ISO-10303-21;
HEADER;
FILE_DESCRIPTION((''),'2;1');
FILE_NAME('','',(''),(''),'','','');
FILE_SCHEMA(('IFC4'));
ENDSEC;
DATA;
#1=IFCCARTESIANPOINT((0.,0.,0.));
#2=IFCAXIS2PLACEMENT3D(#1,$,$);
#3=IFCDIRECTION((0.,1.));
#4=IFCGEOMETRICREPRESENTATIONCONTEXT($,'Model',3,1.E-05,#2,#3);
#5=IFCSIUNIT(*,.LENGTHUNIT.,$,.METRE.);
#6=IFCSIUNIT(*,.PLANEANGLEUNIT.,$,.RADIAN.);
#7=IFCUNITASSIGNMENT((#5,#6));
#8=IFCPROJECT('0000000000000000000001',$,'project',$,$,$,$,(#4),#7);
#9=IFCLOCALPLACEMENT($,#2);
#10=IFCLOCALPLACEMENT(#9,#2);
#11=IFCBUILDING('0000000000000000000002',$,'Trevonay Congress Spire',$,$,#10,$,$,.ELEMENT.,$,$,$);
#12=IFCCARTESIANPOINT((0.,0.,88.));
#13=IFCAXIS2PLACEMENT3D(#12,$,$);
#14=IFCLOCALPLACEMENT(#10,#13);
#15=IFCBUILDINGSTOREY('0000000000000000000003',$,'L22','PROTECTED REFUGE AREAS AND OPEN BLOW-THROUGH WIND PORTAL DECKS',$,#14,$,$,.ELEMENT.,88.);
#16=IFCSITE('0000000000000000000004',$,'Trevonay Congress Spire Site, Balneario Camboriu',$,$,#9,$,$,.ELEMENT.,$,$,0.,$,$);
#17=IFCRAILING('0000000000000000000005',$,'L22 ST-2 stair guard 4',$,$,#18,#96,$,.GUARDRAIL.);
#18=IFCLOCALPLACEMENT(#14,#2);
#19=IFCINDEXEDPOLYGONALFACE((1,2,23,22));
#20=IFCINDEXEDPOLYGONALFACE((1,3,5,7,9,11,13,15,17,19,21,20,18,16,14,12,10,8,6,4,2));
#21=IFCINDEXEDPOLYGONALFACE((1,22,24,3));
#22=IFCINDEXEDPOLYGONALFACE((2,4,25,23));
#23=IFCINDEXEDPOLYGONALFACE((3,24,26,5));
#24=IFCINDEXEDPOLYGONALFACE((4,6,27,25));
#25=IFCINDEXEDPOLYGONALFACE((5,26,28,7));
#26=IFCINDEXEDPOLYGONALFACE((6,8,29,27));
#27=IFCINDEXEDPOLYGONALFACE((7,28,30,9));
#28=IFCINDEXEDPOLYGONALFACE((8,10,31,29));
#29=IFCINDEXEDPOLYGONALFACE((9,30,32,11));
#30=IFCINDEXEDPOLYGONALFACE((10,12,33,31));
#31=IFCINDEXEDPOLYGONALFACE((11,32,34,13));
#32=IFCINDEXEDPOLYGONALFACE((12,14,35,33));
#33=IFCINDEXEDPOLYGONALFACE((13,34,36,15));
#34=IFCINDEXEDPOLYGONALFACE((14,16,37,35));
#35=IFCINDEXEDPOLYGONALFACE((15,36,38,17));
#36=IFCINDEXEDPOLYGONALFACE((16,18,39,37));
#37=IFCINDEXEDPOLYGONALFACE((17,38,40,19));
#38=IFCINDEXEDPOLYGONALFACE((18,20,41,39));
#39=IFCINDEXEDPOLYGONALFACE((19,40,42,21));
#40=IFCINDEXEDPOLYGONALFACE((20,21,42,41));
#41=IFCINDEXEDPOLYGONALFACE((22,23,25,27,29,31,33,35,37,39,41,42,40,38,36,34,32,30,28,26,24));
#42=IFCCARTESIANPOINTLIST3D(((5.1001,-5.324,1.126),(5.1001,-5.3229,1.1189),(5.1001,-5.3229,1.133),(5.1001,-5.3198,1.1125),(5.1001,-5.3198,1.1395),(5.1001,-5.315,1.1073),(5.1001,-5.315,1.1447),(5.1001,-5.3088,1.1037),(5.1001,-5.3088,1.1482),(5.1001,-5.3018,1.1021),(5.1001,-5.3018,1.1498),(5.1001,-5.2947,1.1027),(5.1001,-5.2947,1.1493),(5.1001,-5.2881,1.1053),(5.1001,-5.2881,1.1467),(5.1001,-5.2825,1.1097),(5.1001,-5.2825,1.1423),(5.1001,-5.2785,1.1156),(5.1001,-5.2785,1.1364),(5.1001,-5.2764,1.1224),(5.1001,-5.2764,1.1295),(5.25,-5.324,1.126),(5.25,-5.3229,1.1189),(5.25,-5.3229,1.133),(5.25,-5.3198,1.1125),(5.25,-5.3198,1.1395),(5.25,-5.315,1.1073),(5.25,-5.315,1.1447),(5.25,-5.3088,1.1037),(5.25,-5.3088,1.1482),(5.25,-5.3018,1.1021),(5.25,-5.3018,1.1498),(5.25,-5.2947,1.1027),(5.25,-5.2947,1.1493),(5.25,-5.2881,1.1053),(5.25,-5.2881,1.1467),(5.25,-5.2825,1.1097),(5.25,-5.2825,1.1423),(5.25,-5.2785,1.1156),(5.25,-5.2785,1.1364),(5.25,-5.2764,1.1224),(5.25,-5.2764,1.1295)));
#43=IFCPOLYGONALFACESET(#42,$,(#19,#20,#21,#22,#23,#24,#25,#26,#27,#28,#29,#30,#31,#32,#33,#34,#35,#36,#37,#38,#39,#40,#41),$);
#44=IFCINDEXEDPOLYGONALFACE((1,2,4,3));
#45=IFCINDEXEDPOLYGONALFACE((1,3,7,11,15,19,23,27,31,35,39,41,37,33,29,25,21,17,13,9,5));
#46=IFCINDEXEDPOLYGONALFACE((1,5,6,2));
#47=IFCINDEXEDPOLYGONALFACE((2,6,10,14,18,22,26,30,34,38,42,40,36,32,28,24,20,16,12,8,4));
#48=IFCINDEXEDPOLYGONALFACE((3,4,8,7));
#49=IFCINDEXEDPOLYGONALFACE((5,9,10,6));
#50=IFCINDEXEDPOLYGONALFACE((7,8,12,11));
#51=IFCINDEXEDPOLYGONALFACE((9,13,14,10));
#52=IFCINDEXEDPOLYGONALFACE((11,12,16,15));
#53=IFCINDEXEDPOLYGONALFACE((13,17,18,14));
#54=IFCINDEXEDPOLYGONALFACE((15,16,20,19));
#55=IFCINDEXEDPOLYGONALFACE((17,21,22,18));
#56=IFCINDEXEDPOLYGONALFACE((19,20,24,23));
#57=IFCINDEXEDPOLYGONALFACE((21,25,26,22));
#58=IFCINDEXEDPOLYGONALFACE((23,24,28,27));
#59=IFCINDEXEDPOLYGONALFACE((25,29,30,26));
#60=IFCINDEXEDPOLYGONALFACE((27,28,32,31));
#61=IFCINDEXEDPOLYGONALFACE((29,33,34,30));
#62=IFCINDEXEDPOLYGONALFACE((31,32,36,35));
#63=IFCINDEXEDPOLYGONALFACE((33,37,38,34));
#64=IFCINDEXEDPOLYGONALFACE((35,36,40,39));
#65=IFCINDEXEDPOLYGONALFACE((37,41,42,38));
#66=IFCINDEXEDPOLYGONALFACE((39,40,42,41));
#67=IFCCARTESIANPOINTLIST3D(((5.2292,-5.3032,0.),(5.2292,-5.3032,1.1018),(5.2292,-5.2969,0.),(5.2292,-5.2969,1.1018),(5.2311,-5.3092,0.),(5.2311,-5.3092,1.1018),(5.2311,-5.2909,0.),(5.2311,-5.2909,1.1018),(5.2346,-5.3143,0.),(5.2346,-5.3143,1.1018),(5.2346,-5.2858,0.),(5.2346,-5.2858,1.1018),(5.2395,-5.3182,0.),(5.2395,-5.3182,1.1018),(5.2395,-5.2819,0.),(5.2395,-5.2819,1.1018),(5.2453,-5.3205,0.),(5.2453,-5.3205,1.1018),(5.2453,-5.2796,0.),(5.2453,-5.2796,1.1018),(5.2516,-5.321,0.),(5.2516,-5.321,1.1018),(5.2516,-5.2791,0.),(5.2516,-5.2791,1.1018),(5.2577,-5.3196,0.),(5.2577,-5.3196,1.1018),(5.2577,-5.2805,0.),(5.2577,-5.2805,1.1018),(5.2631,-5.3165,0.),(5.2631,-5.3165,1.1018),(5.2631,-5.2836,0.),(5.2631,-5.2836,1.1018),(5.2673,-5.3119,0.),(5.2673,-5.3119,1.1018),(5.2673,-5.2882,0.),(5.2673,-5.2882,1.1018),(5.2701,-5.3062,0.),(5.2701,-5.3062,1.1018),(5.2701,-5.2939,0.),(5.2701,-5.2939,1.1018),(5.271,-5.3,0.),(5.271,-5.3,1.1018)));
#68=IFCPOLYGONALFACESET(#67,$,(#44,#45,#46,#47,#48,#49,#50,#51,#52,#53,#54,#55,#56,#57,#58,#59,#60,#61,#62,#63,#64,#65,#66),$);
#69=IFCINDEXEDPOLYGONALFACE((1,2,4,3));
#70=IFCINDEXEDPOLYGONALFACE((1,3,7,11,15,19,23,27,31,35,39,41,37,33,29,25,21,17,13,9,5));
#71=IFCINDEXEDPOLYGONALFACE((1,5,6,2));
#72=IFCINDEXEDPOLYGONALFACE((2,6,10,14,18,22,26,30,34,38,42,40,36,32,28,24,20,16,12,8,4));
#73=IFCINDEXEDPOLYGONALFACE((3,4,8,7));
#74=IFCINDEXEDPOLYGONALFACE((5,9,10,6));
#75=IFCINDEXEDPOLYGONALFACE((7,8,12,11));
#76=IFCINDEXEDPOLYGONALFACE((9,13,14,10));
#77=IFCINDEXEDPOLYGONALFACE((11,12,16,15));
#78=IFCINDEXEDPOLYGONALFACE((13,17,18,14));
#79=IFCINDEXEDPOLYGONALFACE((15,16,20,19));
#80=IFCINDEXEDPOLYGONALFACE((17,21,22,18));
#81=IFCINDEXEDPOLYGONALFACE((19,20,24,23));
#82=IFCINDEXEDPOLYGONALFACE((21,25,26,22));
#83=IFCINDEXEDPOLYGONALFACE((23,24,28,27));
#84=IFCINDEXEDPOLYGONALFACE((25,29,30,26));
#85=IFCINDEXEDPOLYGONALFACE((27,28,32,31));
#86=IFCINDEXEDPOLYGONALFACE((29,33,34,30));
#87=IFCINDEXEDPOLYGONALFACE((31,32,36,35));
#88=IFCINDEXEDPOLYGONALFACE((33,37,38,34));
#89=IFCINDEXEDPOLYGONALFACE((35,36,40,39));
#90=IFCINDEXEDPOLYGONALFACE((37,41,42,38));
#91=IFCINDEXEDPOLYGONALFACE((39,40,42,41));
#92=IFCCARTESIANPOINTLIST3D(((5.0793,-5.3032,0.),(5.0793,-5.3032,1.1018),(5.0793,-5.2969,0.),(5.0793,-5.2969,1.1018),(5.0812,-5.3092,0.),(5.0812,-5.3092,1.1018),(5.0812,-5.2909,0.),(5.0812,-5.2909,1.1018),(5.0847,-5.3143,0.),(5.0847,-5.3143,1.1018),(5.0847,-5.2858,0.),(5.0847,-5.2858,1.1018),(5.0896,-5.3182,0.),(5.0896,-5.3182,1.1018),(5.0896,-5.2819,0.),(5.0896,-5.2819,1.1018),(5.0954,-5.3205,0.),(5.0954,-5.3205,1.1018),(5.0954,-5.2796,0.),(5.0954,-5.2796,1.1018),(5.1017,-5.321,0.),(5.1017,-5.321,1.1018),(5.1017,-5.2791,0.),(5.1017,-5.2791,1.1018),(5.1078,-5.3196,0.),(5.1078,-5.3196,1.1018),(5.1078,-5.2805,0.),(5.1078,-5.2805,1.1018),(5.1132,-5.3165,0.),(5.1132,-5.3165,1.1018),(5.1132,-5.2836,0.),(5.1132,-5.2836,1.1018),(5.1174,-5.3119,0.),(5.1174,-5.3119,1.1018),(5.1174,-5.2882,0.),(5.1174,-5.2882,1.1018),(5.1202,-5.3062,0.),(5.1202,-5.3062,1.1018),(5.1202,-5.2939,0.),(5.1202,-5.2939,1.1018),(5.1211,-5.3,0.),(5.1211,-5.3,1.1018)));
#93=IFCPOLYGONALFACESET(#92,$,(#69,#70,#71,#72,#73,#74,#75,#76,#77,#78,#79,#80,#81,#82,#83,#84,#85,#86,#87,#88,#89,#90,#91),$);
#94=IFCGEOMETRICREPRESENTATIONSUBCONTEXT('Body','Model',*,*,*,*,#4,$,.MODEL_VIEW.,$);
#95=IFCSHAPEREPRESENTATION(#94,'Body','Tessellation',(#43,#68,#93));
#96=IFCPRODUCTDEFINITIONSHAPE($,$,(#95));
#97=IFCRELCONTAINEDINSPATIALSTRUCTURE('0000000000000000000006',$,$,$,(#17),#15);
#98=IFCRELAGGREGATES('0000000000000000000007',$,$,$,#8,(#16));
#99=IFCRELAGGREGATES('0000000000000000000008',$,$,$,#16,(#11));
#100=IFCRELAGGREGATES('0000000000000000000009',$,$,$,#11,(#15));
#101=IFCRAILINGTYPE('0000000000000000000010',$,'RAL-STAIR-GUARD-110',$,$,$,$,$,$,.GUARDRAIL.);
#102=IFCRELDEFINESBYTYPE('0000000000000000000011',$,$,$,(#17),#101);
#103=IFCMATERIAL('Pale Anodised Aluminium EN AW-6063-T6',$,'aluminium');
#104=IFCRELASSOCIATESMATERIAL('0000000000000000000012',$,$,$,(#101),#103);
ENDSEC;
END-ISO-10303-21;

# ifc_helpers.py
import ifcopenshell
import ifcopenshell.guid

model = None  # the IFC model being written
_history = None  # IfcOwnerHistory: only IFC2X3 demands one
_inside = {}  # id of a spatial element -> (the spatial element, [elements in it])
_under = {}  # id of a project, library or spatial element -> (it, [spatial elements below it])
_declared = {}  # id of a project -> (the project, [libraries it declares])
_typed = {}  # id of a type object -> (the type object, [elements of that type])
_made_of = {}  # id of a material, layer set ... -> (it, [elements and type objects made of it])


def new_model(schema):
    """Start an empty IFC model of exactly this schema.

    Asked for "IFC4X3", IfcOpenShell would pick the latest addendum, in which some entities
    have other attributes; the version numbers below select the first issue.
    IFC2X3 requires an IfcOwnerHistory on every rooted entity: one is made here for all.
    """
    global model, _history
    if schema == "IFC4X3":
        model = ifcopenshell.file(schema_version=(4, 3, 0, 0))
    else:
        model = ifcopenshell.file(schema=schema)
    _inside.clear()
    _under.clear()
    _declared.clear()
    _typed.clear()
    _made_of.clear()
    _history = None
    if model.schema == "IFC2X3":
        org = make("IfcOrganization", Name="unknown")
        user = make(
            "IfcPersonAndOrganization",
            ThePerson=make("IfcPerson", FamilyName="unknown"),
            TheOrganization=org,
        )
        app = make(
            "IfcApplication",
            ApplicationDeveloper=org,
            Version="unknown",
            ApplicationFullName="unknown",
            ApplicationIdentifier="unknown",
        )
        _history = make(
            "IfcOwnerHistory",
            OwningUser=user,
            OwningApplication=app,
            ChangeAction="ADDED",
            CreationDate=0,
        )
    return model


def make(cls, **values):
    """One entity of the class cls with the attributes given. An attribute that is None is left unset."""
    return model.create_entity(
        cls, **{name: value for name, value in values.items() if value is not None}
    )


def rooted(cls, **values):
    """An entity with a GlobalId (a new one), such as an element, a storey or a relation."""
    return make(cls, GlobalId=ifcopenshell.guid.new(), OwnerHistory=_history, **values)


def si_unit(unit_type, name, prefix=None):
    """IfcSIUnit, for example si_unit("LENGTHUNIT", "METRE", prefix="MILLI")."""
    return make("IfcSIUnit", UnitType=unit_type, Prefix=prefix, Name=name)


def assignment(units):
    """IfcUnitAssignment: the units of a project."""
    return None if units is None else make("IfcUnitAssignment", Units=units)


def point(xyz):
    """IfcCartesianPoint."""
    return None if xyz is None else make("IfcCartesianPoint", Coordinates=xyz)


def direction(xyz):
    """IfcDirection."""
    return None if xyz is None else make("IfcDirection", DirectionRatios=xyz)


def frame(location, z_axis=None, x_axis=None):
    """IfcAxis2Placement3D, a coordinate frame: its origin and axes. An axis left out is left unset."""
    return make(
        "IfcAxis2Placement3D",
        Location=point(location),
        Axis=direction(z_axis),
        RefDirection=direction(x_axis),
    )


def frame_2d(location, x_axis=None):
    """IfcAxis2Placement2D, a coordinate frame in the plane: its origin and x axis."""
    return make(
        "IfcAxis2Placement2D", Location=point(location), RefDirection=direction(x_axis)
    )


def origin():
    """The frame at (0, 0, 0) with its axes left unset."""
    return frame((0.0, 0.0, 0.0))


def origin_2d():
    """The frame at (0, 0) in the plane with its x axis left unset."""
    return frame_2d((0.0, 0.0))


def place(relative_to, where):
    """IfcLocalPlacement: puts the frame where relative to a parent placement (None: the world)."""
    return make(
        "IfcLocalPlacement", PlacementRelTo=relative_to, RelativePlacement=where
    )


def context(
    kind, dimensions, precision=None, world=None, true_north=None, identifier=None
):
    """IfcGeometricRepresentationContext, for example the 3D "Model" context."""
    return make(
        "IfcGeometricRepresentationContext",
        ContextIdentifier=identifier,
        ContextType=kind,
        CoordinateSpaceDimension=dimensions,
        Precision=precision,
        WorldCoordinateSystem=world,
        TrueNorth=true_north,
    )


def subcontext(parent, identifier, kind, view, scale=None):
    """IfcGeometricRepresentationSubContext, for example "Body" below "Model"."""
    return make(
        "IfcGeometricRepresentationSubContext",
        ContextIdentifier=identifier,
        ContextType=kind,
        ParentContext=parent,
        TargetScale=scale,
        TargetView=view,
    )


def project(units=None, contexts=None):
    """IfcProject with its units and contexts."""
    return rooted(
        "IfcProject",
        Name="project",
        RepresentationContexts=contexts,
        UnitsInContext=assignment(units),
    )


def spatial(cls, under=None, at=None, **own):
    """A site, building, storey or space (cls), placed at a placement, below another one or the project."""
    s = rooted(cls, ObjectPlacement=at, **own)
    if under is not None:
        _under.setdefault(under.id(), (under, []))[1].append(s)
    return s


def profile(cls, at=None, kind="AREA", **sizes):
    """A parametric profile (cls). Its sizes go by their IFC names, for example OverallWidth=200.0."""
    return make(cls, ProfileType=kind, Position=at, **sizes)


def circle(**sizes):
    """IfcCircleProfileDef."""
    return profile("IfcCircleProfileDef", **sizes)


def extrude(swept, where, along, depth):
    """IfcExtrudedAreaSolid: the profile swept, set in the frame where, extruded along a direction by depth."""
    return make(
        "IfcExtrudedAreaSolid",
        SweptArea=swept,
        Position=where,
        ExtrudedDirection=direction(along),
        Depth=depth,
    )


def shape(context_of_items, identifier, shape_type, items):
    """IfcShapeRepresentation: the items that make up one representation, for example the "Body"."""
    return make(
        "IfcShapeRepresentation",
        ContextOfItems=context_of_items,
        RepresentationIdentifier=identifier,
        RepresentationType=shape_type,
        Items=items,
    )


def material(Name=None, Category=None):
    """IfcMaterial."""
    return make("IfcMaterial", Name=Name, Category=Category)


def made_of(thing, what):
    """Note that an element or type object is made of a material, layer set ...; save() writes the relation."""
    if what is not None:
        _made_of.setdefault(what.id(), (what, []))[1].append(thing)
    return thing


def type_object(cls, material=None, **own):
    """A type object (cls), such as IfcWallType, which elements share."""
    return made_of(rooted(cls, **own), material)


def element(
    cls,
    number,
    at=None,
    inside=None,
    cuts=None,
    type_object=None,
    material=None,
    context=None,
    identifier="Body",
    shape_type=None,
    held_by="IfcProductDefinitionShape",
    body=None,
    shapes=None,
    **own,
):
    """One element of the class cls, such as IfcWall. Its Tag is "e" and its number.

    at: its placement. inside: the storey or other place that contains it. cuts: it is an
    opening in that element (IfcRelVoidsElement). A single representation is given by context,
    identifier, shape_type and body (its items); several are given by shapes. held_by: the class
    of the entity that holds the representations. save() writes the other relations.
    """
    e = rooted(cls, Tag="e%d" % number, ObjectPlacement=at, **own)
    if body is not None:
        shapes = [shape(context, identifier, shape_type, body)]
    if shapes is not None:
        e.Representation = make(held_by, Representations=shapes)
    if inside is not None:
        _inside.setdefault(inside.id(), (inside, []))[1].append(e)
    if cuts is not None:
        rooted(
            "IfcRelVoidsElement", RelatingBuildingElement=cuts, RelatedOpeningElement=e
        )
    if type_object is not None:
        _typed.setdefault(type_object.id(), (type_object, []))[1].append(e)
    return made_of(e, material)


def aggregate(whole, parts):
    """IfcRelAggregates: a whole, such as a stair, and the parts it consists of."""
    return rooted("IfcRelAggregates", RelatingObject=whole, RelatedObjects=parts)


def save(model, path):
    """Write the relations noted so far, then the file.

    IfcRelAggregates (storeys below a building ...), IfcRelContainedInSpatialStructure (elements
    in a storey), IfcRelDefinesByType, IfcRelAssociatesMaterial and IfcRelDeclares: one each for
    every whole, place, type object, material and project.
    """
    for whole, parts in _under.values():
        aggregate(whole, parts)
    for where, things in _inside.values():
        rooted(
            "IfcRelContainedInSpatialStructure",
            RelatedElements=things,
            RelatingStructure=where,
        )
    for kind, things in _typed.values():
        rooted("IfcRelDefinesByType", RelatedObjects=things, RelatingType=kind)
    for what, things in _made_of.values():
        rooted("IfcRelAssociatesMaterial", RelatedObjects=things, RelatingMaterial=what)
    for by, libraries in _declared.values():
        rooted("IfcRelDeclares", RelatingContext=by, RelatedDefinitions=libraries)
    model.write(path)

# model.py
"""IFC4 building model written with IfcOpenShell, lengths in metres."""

from ifc_helpers import new_model, si_unit, direction, frame, origin, origin_2d, place, context, subcontext, project, spatial, circle, extrude, material, type_object, element, save


model = new_model("IFC4")

# Units and contexts
model_context = context("Model", 3, precision=1e-05, world=origin(), true_north=direction((0.0, 1.0)))
body_context = subcontext(model_context, "Body", "Model", "MODEL_VIEW")
ifc_project = project(units=[si_unit("LENGTHUNIT", "METRE"), si_unit("PLANEANGLEUNIT", "RADIAN")], contexts=[model_context])

# Site, building, storey
site_placement = place(None, origin())
site = spatial("IfcSite", under=ifc_project, at=site_placement, Name="Trevonay Congress Spire Site, Balneario Camboriu", CompositionType="ELEMENT", RefElevation=0.0)
building_placement = place(site_placement, origin())
building = spatial("IfcBuilding", under=site, at=building_placement, Name="Trevonay Congress Spire", CompositionType="ELEMENT")
storey_placement = place(building_placement, frame((0.0, 0.0, 88.0)))
storey = spatial("IfcBuildingStorey", under=building, at=storey_placement, Name="L22", Description="PROTECTED REFUGE AREAS AND OPEN BLOW-THROUGH WIND PORTAL DECKS", CompositionType="ELEMENT", Elevation=88.0)

# Shared definitions
ifc_material_1 = material(Name="Pale Anodised Aluminium EN AW-6063-T6", Category="aluminium")

# Railing
railing_type_1 = type_object("IfcRailingType", Name="RAL-STAIR-GUARD-110", PredefinedType="GUARDRAIL", material=ifc_material_1)
railing_1_placement = place(storey_placement, frame((5.25, -5.3, 0.0)))
element("IfcRailing", 1, at=railing_1_placement, inside=storey, type_object=railing_type_1, Name="L22 ST-2 stair guard 4", PredefinedType="GUARDRAIL", context=body_context, shape_type="SweptSolid", body=[
    extrude(circle(Radius=0.0239, at=origin_2d()), frame((0.0, 0.0, 1.126), z_axis=(-1.0, 0.0, 0.0), x_axis=(0.0, -1.0, 0.0)), (0.0, 0.0, 1.0), 0.1499),
    extrude(circle(Radius=0.021, at=origin_2d()), origin(), (0.0, 0.0, 1.0), 1.1018),
    extrude(circle(Radius=0.021, at=origin_2d()), frame((-0.1499, 0.0, 0.0)), (0.0, 0.0, 1.0), 1.1018),
])

save(model, "model.ifc")
